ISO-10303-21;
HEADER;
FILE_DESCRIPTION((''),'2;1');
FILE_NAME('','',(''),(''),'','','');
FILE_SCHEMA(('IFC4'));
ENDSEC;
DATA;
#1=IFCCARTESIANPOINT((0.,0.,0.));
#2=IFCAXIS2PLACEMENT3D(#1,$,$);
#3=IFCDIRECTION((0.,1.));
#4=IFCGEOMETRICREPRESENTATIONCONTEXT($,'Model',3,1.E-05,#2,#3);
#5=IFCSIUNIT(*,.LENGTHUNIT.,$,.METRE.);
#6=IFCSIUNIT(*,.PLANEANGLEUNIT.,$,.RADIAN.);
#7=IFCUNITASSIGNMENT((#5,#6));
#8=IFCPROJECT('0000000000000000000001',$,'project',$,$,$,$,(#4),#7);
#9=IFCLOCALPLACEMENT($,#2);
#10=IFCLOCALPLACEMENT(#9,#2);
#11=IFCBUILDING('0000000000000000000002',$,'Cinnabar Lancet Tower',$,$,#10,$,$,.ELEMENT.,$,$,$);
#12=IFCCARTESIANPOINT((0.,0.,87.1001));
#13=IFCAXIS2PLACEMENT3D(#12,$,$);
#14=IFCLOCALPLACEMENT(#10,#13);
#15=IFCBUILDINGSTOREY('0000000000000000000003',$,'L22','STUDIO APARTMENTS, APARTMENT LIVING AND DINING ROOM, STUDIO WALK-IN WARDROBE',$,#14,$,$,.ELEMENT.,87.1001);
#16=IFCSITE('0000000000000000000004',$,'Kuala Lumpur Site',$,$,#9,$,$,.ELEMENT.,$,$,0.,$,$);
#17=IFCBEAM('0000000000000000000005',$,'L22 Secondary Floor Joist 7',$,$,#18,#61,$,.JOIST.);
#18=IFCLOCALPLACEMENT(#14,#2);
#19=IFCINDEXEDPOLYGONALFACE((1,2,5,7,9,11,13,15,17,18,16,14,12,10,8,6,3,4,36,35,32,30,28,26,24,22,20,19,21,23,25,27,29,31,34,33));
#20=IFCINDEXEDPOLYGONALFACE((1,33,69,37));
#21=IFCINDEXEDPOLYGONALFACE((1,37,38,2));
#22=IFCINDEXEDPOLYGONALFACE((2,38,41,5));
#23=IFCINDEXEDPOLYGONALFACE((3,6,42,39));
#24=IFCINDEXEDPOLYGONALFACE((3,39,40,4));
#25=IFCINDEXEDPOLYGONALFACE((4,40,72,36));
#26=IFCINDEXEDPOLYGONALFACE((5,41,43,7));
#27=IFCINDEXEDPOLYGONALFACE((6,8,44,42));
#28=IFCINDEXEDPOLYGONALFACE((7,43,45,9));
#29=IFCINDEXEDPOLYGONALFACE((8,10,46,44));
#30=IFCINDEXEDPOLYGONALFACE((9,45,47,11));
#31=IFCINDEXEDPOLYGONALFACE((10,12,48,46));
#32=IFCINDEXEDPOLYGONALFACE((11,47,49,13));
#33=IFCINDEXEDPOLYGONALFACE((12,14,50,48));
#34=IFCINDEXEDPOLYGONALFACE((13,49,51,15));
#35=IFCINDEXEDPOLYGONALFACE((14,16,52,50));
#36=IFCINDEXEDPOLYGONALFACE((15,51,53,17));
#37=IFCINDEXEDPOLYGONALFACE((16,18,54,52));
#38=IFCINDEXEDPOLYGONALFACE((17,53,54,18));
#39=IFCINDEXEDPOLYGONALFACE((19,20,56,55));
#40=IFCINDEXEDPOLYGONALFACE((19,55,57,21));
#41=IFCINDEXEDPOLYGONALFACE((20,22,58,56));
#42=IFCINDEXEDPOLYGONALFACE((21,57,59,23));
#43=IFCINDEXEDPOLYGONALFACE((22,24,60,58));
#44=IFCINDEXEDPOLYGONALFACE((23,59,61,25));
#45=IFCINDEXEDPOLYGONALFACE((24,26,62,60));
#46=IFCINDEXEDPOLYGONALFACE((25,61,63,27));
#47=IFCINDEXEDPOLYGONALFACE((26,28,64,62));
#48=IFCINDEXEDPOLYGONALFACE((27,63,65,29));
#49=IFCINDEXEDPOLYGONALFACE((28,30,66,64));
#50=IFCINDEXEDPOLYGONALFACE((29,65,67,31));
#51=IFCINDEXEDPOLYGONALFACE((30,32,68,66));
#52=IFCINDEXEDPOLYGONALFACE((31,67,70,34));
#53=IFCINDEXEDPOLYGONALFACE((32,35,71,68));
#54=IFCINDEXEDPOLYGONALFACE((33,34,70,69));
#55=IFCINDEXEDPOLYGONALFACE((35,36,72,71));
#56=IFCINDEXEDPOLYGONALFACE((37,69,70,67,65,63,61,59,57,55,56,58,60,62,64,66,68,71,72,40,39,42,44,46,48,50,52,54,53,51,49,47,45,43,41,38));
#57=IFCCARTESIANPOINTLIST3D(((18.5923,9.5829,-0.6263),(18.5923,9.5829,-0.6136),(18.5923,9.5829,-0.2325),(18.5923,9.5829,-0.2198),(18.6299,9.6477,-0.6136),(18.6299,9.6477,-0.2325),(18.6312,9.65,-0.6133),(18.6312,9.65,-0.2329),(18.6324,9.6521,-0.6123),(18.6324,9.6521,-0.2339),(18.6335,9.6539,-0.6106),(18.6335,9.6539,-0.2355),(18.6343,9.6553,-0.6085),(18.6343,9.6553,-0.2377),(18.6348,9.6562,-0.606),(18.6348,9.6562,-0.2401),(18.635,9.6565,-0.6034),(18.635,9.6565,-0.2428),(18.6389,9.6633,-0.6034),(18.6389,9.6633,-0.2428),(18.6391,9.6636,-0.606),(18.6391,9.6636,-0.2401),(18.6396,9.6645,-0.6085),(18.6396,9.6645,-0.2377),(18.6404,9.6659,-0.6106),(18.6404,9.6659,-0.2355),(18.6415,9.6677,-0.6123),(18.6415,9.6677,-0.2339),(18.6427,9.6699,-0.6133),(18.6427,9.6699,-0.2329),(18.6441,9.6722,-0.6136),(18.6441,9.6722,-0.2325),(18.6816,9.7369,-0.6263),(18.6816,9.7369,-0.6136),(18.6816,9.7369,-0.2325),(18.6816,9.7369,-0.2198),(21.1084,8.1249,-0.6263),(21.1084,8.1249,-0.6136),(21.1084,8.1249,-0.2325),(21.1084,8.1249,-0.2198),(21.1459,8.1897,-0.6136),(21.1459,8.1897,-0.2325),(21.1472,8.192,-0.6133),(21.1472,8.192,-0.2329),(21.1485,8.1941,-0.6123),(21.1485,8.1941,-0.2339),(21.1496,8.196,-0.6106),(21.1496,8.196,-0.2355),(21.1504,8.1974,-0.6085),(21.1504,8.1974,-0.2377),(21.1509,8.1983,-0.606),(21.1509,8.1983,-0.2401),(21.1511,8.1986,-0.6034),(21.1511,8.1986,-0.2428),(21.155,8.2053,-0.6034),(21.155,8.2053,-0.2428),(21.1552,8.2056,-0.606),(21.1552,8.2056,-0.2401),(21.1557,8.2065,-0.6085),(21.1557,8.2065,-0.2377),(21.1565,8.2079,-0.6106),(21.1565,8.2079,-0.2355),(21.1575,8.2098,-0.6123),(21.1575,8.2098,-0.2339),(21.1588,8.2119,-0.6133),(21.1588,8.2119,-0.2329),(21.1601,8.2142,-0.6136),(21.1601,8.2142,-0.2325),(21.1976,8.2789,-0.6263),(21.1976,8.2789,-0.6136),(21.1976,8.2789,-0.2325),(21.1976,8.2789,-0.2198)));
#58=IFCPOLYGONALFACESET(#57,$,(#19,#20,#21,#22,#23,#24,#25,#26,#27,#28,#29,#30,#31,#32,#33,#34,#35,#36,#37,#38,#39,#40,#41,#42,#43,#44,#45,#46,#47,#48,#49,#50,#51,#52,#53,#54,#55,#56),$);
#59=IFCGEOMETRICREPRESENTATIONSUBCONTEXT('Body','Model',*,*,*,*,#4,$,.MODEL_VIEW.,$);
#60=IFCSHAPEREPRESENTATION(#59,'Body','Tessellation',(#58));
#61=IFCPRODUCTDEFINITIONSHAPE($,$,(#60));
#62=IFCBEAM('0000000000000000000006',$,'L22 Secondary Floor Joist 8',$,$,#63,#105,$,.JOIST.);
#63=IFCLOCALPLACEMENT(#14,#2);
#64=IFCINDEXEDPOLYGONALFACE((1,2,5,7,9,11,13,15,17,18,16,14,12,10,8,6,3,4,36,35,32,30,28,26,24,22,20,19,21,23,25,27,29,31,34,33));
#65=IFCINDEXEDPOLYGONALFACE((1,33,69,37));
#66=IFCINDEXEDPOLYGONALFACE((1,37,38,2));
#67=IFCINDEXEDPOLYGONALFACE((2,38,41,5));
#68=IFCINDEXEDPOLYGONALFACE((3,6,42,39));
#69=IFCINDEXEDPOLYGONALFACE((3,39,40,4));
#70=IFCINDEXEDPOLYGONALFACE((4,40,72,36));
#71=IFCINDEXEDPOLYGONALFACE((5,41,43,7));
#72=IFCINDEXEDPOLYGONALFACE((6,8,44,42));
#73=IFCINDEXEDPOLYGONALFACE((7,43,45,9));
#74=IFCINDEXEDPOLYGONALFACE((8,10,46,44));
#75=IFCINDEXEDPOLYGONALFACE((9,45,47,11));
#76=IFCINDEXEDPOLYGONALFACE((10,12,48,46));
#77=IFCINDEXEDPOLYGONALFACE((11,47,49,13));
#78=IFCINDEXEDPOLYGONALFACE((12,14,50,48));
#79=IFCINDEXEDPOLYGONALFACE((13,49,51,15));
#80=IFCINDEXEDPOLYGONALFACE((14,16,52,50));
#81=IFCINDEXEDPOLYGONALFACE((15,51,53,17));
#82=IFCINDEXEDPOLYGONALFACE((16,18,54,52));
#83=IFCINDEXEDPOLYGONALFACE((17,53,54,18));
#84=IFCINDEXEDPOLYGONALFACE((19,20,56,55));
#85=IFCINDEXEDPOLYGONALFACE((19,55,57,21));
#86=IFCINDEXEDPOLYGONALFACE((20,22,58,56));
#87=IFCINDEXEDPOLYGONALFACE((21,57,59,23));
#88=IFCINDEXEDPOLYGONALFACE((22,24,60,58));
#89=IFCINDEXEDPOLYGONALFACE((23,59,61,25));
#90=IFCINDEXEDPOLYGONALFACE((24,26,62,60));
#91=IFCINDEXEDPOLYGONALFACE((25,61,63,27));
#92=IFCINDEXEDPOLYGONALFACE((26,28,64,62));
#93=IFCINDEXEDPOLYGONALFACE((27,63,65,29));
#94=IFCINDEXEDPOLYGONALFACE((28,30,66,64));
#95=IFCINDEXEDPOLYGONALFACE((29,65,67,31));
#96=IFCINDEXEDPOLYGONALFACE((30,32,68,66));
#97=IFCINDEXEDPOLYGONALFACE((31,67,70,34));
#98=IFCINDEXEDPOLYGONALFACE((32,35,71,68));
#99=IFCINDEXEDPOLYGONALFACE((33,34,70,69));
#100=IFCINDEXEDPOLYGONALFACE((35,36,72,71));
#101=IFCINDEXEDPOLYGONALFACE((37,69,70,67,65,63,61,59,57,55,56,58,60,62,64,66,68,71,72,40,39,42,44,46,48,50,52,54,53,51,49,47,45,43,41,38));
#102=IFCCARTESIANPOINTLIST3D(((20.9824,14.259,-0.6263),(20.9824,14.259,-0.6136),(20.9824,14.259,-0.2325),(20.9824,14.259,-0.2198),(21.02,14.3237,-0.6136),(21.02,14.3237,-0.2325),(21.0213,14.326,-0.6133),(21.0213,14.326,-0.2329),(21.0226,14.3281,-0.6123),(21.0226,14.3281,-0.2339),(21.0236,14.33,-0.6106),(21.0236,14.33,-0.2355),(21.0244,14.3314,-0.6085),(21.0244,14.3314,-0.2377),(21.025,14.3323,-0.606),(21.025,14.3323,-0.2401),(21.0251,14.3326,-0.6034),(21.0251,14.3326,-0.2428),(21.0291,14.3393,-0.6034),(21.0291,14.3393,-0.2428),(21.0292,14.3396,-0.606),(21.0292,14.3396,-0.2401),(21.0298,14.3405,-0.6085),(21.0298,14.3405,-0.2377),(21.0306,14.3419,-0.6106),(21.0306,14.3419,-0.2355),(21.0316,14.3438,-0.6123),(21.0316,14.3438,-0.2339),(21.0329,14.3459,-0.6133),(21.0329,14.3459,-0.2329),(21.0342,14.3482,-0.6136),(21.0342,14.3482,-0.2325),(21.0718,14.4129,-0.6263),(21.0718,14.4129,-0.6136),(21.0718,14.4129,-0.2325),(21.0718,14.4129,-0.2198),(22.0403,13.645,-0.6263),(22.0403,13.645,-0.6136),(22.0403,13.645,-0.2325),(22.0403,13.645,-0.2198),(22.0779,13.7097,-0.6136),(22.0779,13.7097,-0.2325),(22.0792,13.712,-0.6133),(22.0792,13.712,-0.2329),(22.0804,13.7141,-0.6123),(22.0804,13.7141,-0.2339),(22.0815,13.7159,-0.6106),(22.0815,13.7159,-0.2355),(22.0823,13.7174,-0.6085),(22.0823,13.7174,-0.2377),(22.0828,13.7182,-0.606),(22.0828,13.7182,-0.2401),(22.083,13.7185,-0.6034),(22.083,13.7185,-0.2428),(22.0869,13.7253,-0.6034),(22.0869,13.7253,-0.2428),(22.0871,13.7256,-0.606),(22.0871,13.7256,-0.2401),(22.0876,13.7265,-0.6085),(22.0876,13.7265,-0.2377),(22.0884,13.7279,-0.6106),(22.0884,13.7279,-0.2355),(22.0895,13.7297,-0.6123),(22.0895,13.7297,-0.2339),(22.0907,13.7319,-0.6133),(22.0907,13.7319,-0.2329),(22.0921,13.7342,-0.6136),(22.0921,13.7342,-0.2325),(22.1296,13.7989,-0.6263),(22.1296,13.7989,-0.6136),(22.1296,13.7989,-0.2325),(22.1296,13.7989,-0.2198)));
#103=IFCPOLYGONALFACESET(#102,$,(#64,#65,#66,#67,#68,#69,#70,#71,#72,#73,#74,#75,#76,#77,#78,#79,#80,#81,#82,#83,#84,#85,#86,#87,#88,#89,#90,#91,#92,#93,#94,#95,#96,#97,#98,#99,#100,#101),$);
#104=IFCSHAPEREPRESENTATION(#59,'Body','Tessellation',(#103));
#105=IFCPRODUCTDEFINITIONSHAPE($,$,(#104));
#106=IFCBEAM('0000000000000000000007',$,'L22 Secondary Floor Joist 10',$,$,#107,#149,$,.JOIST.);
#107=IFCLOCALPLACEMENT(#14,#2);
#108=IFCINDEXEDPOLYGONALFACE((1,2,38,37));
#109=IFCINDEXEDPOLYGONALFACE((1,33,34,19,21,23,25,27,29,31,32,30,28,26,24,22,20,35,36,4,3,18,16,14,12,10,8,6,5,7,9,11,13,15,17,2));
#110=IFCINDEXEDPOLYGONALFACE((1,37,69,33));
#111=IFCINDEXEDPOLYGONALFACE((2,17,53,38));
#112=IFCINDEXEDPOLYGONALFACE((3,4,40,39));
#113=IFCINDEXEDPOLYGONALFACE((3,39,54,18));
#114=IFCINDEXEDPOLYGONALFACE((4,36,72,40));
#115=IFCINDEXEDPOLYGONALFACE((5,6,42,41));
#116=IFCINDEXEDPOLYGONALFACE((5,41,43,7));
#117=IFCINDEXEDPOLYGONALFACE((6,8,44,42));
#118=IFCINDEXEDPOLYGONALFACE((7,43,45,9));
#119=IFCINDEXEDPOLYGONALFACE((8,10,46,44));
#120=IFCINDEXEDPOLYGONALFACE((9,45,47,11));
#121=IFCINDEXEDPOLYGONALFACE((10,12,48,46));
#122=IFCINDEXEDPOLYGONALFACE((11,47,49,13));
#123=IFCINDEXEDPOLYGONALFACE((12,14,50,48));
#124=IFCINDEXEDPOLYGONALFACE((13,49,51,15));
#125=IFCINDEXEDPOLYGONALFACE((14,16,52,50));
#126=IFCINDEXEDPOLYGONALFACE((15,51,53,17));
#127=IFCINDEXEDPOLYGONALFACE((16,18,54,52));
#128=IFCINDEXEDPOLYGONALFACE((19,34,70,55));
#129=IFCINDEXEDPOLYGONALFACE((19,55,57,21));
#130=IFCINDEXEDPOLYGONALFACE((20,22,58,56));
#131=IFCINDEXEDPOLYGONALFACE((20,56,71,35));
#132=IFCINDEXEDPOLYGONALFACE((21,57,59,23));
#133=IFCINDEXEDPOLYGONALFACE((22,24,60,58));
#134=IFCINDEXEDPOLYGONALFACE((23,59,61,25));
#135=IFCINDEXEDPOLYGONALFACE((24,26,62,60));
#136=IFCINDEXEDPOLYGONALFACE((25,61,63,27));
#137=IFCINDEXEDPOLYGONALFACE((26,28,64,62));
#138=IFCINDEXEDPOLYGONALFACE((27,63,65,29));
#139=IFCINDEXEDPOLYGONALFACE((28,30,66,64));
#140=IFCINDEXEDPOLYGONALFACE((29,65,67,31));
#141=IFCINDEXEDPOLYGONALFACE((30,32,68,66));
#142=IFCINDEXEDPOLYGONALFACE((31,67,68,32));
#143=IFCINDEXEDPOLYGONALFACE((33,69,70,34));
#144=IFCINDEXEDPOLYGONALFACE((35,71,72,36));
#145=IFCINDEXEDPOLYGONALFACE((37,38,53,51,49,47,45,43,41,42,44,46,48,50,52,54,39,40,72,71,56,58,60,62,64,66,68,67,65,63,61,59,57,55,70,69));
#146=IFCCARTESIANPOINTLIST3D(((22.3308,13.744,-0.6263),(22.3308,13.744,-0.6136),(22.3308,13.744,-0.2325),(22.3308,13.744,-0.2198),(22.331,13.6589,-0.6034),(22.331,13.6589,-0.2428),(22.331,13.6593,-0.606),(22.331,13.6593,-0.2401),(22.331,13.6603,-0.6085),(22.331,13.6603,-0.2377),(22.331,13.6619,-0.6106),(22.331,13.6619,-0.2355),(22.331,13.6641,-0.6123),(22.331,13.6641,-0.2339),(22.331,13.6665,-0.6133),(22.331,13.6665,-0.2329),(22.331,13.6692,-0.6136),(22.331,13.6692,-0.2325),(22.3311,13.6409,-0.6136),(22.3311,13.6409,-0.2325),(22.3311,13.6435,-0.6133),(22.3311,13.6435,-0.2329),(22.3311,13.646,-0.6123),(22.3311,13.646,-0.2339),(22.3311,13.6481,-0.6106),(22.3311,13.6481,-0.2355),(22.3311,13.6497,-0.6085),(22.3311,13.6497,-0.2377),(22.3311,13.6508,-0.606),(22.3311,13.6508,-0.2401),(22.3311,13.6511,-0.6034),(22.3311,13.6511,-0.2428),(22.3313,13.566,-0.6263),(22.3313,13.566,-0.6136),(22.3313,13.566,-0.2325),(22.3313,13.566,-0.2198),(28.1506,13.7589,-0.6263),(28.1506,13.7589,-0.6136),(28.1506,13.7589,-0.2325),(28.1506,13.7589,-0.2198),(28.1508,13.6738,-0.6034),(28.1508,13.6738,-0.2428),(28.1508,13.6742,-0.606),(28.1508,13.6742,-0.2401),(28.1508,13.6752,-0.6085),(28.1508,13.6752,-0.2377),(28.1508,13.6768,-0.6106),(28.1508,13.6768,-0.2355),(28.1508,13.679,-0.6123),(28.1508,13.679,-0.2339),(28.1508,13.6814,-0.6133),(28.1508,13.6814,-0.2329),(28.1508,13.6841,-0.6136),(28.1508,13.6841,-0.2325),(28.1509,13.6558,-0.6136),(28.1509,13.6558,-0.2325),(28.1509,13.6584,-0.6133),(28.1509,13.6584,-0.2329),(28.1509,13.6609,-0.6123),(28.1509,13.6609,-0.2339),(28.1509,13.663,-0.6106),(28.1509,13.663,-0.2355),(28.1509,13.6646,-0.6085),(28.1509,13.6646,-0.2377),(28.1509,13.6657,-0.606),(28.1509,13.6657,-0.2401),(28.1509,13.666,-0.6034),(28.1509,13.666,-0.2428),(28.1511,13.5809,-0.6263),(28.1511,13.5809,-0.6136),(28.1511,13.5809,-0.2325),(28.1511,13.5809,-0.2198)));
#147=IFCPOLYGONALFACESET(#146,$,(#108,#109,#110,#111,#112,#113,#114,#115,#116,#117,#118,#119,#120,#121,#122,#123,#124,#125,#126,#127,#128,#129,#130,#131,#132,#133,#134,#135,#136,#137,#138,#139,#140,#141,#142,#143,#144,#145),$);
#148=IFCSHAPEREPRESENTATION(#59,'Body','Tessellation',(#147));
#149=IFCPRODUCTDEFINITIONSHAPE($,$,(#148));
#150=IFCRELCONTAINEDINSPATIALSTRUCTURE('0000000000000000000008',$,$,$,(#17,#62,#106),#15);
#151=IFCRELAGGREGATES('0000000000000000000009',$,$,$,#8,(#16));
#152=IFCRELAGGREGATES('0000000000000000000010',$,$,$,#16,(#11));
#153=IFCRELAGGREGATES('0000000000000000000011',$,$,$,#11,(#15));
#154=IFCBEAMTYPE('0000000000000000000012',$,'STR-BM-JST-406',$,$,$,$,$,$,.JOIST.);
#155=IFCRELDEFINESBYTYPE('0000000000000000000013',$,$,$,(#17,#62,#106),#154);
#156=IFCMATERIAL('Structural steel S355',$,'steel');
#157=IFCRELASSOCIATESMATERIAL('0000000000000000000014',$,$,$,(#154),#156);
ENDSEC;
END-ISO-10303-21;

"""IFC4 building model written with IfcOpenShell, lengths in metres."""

from ifc_helpers import new_model, si_unit, direction, frame, origin, origin_2d, place, context, subcontext, project, spatial, i_section, extrude, material, material_profile, profile_set, type_object, element, save


model = new_model("IFC4")

# Units and contexts
model_context = context("Model", 3, precision=1e-05, world=origin(), true_north=direction((0.0, 1.0)))
body_context = subcontext(model_context, "Body", "Model", "MODEL_VIEW")
ifc_project = project(units=[si_unit("LENGTHUNIT", "METRE"), si_unit("PLANEANGLEUNIT", "RADIAN")], contexts=[model_context])

# Site, building, storey
site_placement = place(None, origin())
site = spatial("IfcSite", under=ifc_project, at=site_placement, Name="Kuala Lumpur Site", CompositionType="ELEMENT", RefElevation=0.0)
building_placement = place(site_placement, origin())
building = spatial("IfcBuilding", under=site, at=building_placement, Name="Cinnabar Lancet Tower", CompositionType="ELEMENT")
storey_placement = place(building_placement, frame((0.0, 0.0, 87.1001)))
storey = spatial("IfcBuildingStorey", under=building, at=storey_placement, Name="L22", Description="STUDIO APARTMENTS, APARTMENT LIVING AND DINING ROOM, STUDIO WALK-IN WARDROBE", CompositionType="ELEMENT", Elevation=87.1001)

# Beams
ifc_material_1 = material(Name="Structural steel S355", Category="steel")
ifc_material_profile_1 = material_profile(ifc_material_1, i_section(OverallWidth=0.178, OverallDepth=0.4065, WebThickness=0.0078, FlangeThickness=0.0127, FilletRadius=0.0103, at=origin_2d()), Name="UKB 406x178x60")
ifc_profile_set_1 = profile_set([ifc_material_profile_1], Name="Structural steel S355")
beam_type_1 = type_object("IfcBeamType", Name="STR-BM-JST-406", PredefinedType="JOIST", material=ifc_profile_set_1)
beam_1_placement = place(storey_placement, frame((18.637, 9.6599, -0.4231), z_axis=(0.865231, -0.501374, 0.0), x_axis=(0.501374, 0.865231, 0.0)))
element("IfcBeam", 1, at=beam_1_placement, inside=storey, type_object=beam_type_1, Name="L22 Secondary Floor Joist 7", PredefinedType="JOIST", context=body_context, shape_type="SweptSolid", body=[
    extrude(i_section(OverallWidth=0.178, OverallDepth=0.4065, WebThickness=0.0078, FlangeThickness=0.0127, FilletRadius=0.0103, at=origin_2d()), origin(), (0.0, 0.0, 1.0), 2.908),
])
beam_2_placement = place(storey_placement, frame((21.0271, 14.3359, -0.4231), z_axis=(0.86487, -0.501996, 0.0), x_axis=(0.501996, 0.86487, 0.0)))
element("IfcBeam", 2, at=beam_2_placement, inside=storey, type_object=beam_type_1, Name="L22 Secondary Floor Joist 8", PredefinedType="JOIST", context=body_context, shape_type="SweptSolid", body=[
    extrude(i_section(OverallWidth=0.178, OverallDepth=0.4065, WebThickness=0.0078, FlangeThickness=0.0127, FilletRadius=0.0103, at=origin_2d()), origin(), (0.0, 0.0, 1.0), 1.2231),
])
beam_3_placement = place(storey_placement, frame((22.3311, 13.655, -0.4231), z_axis=(0.999997, 0.002559, 0.0), x_axis=(-0.002559, 0.999997, 0.0)))
element("IfcBeam", 3, at=beam_3_placement, inside=storey, type_object=beam_type_1, Name="L22 Secondary Floor Joist 10", PredefinedType="JOIST", context=body_context, shape_type="SweptSolid", body=[
    extrude(i_section(OverallWidth=0.178, OverallDepth=0.4065, WebThickness=0.0078, FlangeThickness=0.0127, FilletRadius=0.0103, at=origin_2d()), origin(), (0.0, 0.0, 1.0), 5.8198),
])

save(model, "model.ifc")
